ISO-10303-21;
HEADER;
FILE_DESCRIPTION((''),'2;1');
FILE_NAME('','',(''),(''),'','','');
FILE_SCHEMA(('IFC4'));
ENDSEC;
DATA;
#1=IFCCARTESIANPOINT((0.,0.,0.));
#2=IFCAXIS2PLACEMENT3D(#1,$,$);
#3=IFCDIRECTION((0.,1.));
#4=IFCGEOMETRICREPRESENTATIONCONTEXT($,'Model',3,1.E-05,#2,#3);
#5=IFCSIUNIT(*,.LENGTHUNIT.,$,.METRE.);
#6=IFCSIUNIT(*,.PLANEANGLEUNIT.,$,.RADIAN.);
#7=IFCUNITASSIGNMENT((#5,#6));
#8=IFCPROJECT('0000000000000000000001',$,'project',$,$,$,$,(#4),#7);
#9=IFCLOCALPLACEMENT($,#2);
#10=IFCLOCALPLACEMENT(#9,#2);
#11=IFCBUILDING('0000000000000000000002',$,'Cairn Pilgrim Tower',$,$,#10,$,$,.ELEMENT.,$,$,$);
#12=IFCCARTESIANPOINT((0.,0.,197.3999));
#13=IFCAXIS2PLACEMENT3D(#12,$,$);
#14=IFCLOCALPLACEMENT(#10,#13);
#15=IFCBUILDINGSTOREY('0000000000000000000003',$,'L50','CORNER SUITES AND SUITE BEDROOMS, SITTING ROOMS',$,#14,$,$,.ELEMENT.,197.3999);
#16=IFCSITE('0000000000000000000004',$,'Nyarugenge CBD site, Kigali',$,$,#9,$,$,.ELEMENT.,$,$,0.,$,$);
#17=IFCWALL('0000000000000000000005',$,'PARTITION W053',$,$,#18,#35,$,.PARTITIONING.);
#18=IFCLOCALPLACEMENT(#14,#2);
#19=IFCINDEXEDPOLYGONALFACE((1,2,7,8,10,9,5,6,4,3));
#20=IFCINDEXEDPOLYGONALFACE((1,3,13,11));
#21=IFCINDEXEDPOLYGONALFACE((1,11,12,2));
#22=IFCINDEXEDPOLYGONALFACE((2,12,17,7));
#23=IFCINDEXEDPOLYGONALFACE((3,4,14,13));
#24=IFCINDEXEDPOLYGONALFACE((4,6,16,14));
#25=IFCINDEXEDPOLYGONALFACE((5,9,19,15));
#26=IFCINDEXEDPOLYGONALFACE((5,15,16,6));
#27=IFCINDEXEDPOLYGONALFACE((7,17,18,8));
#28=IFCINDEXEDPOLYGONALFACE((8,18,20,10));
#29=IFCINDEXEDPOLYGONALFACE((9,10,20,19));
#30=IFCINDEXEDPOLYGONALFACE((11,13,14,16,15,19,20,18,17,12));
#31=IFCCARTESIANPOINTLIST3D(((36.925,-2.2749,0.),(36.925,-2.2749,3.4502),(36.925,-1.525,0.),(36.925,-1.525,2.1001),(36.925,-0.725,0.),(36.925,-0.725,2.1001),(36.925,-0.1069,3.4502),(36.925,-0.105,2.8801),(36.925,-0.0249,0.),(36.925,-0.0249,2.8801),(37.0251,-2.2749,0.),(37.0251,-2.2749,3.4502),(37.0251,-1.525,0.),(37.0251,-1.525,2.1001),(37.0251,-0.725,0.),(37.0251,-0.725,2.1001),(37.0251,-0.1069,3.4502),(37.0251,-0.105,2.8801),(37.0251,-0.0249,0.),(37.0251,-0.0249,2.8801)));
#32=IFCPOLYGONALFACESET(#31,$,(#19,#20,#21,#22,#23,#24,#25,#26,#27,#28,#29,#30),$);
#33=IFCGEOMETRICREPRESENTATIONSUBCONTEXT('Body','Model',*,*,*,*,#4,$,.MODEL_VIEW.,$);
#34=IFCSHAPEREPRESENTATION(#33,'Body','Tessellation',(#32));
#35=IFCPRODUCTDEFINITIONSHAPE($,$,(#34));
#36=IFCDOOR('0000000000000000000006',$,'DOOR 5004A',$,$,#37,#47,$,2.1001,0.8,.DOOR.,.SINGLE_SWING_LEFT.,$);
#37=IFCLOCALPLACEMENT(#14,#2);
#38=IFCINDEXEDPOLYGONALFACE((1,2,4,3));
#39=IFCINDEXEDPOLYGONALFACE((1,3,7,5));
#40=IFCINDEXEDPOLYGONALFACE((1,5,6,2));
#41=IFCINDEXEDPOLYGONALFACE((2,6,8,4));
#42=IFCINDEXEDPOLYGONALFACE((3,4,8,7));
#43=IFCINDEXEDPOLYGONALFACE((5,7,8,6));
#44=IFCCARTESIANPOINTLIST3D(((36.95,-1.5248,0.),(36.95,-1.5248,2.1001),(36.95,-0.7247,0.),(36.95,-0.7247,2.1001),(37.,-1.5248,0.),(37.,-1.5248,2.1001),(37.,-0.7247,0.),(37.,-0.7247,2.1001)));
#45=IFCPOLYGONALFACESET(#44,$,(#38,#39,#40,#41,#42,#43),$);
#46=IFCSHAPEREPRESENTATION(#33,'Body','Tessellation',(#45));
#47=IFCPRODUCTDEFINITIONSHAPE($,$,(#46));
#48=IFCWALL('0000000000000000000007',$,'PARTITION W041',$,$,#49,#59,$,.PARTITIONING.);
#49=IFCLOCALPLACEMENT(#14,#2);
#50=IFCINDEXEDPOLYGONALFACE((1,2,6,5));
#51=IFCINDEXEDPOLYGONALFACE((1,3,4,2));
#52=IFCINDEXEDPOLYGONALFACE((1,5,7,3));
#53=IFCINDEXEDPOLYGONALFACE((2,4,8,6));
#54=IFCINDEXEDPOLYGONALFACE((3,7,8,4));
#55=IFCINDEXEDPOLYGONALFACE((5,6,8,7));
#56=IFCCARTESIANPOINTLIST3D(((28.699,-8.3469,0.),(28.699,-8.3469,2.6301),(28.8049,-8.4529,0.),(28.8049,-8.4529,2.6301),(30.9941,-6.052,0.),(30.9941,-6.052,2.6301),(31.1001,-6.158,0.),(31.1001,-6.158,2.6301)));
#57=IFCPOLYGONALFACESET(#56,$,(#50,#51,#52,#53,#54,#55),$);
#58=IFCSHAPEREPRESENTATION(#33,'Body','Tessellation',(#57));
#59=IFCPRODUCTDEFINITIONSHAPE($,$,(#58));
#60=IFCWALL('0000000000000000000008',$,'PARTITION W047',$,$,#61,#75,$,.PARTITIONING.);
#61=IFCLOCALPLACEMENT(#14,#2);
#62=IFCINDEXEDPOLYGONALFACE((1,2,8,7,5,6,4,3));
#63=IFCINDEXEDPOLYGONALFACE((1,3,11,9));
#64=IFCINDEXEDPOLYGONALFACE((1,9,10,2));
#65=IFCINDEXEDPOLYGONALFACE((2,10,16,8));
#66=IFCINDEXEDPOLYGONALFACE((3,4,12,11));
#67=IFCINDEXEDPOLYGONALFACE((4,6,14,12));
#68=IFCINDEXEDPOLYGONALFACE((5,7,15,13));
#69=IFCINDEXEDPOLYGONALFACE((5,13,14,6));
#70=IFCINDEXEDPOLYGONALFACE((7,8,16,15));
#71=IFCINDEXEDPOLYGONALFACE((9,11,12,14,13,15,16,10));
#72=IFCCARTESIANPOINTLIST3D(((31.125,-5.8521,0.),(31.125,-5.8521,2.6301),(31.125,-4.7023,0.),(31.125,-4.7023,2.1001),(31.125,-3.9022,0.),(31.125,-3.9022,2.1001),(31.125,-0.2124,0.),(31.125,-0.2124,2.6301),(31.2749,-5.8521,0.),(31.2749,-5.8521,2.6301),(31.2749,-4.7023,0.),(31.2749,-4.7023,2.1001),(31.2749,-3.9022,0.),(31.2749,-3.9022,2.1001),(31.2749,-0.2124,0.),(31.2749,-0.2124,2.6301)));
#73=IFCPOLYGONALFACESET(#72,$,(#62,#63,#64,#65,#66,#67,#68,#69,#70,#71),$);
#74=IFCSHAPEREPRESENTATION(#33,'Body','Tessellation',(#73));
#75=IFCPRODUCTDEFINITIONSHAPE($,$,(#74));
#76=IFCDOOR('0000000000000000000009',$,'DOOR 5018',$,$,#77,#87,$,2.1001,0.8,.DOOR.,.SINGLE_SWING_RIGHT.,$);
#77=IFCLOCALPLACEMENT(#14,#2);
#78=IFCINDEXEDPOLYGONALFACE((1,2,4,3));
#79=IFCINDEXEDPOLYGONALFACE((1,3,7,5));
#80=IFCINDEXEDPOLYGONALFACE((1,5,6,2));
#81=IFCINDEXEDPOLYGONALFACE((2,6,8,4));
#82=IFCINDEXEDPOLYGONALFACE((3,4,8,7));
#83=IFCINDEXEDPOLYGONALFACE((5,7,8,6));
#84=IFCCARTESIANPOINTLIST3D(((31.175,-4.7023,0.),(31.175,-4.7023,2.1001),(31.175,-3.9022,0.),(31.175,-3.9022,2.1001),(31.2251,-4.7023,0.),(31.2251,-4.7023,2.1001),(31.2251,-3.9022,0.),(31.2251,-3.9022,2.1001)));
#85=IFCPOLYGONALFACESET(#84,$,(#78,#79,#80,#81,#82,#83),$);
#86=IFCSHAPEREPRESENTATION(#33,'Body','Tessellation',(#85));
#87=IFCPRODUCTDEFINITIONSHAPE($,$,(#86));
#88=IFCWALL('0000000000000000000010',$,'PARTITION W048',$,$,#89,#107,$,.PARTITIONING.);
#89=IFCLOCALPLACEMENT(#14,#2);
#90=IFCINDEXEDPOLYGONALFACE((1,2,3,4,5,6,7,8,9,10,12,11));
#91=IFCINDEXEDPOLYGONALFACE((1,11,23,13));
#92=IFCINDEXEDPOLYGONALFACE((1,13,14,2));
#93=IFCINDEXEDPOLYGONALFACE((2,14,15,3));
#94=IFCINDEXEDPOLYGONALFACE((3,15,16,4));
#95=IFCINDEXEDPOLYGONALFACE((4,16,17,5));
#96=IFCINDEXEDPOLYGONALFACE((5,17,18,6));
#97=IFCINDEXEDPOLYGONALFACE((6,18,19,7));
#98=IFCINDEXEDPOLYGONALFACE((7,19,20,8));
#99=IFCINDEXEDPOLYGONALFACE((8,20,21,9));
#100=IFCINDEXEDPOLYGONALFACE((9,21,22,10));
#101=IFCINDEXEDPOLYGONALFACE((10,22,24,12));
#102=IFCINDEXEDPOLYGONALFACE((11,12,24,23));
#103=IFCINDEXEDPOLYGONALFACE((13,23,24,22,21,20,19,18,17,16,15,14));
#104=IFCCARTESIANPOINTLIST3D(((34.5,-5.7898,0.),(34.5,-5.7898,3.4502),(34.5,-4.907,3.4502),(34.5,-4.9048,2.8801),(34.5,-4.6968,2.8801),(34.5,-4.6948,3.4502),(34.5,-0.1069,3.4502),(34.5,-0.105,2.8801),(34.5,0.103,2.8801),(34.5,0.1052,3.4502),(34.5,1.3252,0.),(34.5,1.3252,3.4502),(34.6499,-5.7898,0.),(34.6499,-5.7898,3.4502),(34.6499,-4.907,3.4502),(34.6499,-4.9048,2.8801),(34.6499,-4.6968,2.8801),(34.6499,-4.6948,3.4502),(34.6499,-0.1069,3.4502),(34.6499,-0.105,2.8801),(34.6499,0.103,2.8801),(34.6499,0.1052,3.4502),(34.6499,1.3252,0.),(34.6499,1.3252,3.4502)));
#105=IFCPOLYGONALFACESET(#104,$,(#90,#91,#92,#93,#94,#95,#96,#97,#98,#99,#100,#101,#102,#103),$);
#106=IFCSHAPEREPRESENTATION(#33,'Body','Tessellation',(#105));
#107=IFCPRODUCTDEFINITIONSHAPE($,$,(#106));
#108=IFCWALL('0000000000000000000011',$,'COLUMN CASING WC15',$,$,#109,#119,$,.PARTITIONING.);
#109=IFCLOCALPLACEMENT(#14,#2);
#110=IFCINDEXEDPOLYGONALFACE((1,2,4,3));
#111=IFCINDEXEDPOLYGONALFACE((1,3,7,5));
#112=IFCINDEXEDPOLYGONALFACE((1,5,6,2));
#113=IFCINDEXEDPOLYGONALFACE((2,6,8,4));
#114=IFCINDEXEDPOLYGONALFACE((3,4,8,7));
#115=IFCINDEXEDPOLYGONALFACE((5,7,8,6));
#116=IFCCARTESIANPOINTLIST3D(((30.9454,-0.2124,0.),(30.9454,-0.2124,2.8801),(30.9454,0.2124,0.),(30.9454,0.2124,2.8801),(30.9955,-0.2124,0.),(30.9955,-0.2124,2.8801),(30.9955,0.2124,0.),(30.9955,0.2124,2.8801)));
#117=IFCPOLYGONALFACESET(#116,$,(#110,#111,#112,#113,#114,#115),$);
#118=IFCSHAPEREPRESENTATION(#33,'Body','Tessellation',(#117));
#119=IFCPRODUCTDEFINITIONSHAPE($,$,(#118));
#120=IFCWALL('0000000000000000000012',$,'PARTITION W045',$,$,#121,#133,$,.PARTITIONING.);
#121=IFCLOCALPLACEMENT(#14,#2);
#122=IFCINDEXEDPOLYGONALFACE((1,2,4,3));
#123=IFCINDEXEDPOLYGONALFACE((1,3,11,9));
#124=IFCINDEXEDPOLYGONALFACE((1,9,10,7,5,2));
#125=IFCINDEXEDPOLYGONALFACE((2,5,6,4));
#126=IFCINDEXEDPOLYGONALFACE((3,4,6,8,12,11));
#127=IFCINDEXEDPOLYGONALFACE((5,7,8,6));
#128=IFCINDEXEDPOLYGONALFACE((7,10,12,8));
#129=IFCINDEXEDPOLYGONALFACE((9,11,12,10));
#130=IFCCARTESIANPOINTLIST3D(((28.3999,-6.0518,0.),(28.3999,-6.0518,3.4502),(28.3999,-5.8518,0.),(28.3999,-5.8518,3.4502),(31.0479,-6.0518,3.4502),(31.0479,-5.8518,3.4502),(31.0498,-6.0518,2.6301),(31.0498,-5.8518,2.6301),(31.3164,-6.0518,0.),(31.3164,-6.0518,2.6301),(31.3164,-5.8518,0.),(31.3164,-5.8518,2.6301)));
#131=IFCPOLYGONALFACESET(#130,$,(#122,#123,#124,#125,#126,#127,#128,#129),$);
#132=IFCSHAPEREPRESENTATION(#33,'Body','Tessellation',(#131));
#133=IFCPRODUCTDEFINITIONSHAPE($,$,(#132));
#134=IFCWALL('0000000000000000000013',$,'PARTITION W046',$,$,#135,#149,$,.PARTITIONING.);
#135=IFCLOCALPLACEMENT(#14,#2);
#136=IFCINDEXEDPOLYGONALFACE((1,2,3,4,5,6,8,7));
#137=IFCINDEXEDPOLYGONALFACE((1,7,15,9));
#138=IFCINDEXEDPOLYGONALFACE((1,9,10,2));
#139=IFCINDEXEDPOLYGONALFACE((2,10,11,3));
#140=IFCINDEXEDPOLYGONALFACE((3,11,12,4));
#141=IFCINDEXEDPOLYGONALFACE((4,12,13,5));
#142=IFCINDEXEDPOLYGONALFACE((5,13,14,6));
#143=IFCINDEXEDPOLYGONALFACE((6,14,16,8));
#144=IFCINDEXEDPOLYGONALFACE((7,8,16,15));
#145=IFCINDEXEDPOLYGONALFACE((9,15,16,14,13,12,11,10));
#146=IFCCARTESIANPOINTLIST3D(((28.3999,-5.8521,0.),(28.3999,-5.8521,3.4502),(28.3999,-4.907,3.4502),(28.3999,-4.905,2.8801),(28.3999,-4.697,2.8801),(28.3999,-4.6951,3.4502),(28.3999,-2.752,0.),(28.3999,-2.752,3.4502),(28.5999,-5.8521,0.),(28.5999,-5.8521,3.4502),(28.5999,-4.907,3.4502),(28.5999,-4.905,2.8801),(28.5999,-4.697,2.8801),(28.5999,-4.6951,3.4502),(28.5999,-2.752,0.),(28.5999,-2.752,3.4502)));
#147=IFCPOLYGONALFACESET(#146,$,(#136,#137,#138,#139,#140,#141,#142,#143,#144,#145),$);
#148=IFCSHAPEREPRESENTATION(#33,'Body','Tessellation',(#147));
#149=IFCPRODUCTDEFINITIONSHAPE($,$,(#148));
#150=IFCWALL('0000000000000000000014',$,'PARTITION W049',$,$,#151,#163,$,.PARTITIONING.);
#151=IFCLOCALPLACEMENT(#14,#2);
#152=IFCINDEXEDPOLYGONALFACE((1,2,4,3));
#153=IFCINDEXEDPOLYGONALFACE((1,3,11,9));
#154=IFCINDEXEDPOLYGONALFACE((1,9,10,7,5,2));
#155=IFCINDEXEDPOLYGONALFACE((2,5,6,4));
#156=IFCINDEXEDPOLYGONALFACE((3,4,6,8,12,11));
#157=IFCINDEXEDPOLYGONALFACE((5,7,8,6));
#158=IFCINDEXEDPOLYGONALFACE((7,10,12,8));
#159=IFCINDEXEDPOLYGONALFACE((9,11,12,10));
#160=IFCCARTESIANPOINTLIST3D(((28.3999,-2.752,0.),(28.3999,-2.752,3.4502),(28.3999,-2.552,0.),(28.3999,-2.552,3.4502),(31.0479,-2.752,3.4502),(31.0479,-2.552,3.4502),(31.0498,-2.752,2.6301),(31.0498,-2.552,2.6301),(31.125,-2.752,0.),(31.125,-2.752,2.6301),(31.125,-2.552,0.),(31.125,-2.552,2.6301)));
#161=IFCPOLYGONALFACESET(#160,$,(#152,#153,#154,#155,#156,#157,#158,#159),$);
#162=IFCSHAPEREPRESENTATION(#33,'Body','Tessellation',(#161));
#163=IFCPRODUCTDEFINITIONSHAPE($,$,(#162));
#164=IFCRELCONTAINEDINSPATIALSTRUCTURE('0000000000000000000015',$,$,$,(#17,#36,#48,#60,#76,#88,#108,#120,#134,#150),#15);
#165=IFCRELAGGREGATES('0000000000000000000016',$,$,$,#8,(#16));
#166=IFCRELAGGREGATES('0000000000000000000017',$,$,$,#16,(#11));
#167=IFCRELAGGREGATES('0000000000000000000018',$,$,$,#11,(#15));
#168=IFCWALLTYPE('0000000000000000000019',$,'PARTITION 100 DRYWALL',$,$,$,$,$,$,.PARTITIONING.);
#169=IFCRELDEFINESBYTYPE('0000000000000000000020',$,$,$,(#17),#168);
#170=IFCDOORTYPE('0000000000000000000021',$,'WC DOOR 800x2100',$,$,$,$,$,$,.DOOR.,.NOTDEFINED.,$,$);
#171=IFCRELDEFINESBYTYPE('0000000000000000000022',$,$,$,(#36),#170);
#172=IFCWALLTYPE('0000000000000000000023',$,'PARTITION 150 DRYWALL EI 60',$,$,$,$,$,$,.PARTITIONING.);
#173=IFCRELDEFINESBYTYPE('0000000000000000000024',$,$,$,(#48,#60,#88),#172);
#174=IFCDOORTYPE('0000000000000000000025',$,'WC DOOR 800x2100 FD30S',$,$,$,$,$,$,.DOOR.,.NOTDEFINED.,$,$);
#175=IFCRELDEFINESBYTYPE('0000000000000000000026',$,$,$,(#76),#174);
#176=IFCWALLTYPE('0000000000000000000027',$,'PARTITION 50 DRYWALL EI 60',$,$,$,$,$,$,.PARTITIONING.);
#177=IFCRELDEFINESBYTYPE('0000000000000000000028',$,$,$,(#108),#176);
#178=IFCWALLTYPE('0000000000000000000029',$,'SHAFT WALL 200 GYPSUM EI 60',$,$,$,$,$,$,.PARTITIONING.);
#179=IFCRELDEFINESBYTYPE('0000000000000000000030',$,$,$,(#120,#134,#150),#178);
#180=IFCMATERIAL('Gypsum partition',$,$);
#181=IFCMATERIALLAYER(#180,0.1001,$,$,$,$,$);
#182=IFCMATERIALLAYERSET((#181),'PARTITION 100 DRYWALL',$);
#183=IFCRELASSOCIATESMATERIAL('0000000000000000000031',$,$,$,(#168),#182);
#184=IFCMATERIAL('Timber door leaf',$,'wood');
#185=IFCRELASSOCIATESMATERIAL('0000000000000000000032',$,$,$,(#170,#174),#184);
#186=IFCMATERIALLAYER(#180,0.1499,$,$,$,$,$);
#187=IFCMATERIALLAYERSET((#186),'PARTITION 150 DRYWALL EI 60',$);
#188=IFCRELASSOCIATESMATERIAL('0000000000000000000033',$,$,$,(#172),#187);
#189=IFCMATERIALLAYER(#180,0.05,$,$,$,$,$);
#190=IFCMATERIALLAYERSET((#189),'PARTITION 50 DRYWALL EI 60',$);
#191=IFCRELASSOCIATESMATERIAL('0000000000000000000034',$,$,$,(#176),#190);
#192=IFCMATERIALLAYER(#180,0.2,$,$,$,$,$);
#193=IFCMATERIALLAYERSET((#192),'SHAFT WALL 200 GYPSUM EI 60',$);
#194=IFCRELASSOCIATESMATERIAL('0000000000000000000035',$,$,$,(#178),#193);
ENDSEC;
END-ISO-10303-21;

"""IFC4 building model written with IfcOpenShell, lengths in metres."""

from ifc_helpers import new_model, si_unit, direction, frame, frame_2d, origin, place, context, subcontext, project, spatial, polyline, rectangle, outline, extrude, material, layer, layer_set, type_object, element, fill, save


model = new_model("IFC4")

# Units and contexts
model_context = context("Model", 3, precision=1e-05, world=origin(), true_north=direction((0.0, 1.0)))
body_context = subcontext(model_context, "Body", "Model", "MODEL_VIEW")
ifc_project = project(units=[si_unit("LENGTHUNIT", "METRE"), si_unit("PLANEANGLEUNIT", "RADIAN")], contexts=[model_context])

# Site, building, storey
site_placement = place(None, origin())
site = spatial("IfcSite", under=ifc_project, at=site_placement, Name="Nyarugenge CBD site, Kigali", CompositionType="ELEMENT", RefElevation=0.0)
building_placement = place(site_placement, origin())
building = spatial("IfcBuilding", under=site, at=building_placement, Name="Cairn Pilgrim Tower", CompositionType="ELEMENT")
storey_placement = place(building_placement, frame((0.0, 0.0, 197.3999)))
storey = spatial("IfcBuildingStorey", under=building, at=storey_placement, Name="L50", Description="CORNER SUITES AND SUITE BEDROOMS, SITTING ROOMS", CompositionType="ELEMENT", Elevation=197.3999)

# Shared definitions
ifc_material_1 = material(Name="Gypsum partition")
ifc_layer_1 = layer(ifc_material_1, 0.1001)
ifc_layer_set_1 = layer_set([ifc_layer_1], Name="PARTITION 100 DRYWALL")
wall_type_1 = type_object("IfcWallType", Name="PARTITION 100 DRYWALL", PredefinedType="PARTITIONING", material=ifc_layer_set_1)

# Wall, opening, door
wall_1_placement = place(storey_placement, frame((36.9751, -2.2749, 0.0), z_axis=(0.0, 0.0, 1.0), x_axis=(0.0, 1.0, 0.0)))
wall_1 = element("IfcWall", 1, at=wall_1_placement, inside=storey, type_object=wall_type_1, Name="PARTITION W053", PredefinedType="PARTITIONING", context=body_context, shape_type="SweptSolid", body=[
    extrude(outline(polyline([(0.0, 0.0), (2.25, 0.0), (2.25, 2.8801), (2.1699, 2.8801), (2.168, 3.4502), (0.0, 3.4502), (0.0, 0.0)])), frame((0.0, 0.05, 0.0), z_axis=(0.0, -1.0, 0.0), x_axis=(1.0, 0.0, 0.0)), (0.0, 0.0, 1.0), 0.1001),
])
opening_1_placement = place(wall_1_placement, frame((0.75, 0.0, 0.0)))
opening_1 = element("IfcOpeningElement", 2, at=opening_1_placement, cuts=wall_1, PredefinedType="OPENING", context=body_context, shape_type="SweptSolid", body=[
    extrude(rectangle(XDim=0.8, YDim=2.1001, at=frame_2d((0.3999, 1.05))), frame((0.0, 0.0601, 0.0), z_axis=(0.0, -1.0, 0.0), x_axis=(1.0, 0.0, 0.0)), (0.0, 0.0, 1.0), 0.1201),
])
ifc_material_2 = material(Name="Timber door leaf", Category="wood")
door_type_1 = type_object("IfcDoorType", Name="WC DOOR 800x2100", OperationType="NOTDEFINED", PredefinedType="DOOR", material=ifc_material_2)
door_1_placement = place(opening_1_placement, frame((0.8, 0.0, 0.0), z_axis=(0.0, 0.0, 1.0), x_axis=(-1.0, 0.0, 0.0)))
door_1 = element("IfcDoor", 3, at=door_1_placement, inside=storey, type_object=door_type_1, Name="DOOR 5004A", OperationType="SINGLE_SWING_LEFT", OverallHeight=2.1001, OverallWidth=0.8, PredefinedType="DOOR", context=body_context, shape_type="SweptSolid", body=[
    extrude(rectangle(XDim=0.8, YDim=2.1001, at=frame_2d((0.3999, 1.05))), frame((0.0, 0.0249, 0.0), z_axis=(0.0, -1.0, 0.0), x_axis=(1.0, 0.0, 0.0)), (0.0, 0.0, 1.0), 0.05),
])
fill(opening_1, door_1)

# Wall
ifc_layer_2 = layer(ifc_material_1, 0.1499)
ifc_layer_set_2 = layer_set([ifc_layer_2], Name="PARTITION 150 DRYWALL EI 60")
wall_type_2 = type_object("IfcWallType", Name="PARTITION 150 DRYWALL EI 60", PredefinedType="PARTITIONING", material=ifc_layer_set_2)
wall_2_placement = place(storey_placement, frame((28.752, -8.3999, 0.0), z_axis=(0.0, 0.0, 1.0), x_axis=(0.707144, 0.707069, 0.0)))
element("IfcWall", 4, at=wall_2_placement, inside=storey, type_object=wall_type_2, Name="PARTITION W041", PredefinedType="PARTITIONING", context=body_context, shape_type="SweptSolid", body=[
    extrude(rectangle(XDim=3.2456, YDim=0.1499, at=frame_2d((1.6228, 0.0))), origin(), (0.0, 0.0, 1.0), 2.6301),
])

# Wall, opening, door
wall_3_placement = place(storey_placement, frame((31.2, -5.8521, 0.0), z_axis=(0.0, 0.0, 1.0), x_axis=(0.0, 1.0, 0.0)))
wall_3 = element("IfcWall", 5, at=wall_3_placement, inside=storey, type_object=wall_type_2, Name="PARTITION W047", PredefinedType="PARTITIONING", context=body_context, shape_type="SweptSolid", body=[
    extrude(rectangle(XDim=5.6396, YDim=0.1499, at=frame_2d((2.8198, 0.0))), origin(), (0.0, 0.0, 1.0), 2.6301),
])
opening_2_placement = place(wall_3_placement, frame((1.1499, 0.0, 0.0)))
opening_2 = element("IfcOpeningElement", 6, at=opening_2_placement, cuts=wall_3, PredefinedType="OPENING", context=body_context, shape_type="SweptSolid", body=[
    extrude(rectangle(XDim=0.8, YDim=2.1001, at=frame_2d((0.3999, 1.05))), frame((0.0, 0.085, 0.0), z_axis=(0.0, -1.0, 0.0), x_axis=(1.0, 0.0, 0.0)), (0.0, 0.0, 1.0), 0.1699),
])
door_type_2 = type_object("IfcDoorType", Name="WC DOOR 800x2100 FD30S", OperationType="NOTDEFINED", PredefinedType="DOOR", material=ifc_material_2)
door_2_placement = place(opening_2_placement, origin())
door_2 = element("IfcDoor", 7, at=door_2_placement, inside=storey, type_object=door_type_2, Name="DOOR 5018", OperationType="SINGLE_SWING_RIGHT", OverallHeight=2.1001, OverallWidth=0.8, PredefinedType="DOOR", context=body_context, shape_type="SweptSolid", body=[
    extrude(rectangle(XDim=0.8, YDim=2.1001, at=frame_2d((0.3999, 1.05))), frame((0.0, 0.0249, 0.0), z_axis=(0.0, -1.0, 0.0), x_axis=(1.0, 0.0, 0.0)), (0.0, 0.0, 1.0), 0.05),
])
fill(opening_2, door_2)

# Walls
wall_4_placement = place(storey_placement, frame((34.575, -5.7898, 0.0), z_axis=(0.0, 0.0, 1.0), x_axis=(0.0, 1.0, 0.0)))
element("IfcWall", 8, at=wall_4_placement, inside=storey, type_object=wall_type_2, Name="PARTITION W048", PredefinedType="PARTITIONING", context=body_context, shape_type="SweptSolid", body=[
    extrude(outline(polyline([(0.0, 0.0), (7.115, 0.0), (7.115, 3.4502), (5.895, 3.4502), (5.8928, 2.8801), (5.6848, 2.8801), (5.6829, 3.4502), (1.095, 3.4502), (1.093, 2.8801), (0.885, 2.8801), (0.8828, 3.4502), (0.0, 3.4502), (0.0, 0.0)])), frame((0.0, 0.075, 0.0), z_axis=(0.0, -1.0, 0.0), x_axis=(1.0, 0.0, 0.0)), (0.0, 0.0, 1.0), 0.1499),
])
ifc_layer_3 = layer(ifc_material_1, 0.05)
ifc_layer_set_3 = layer_set([ifc_layer_3], Name="PARTITION 50 DRYWALL EI 60")
wall_type_3 = type_object("IfcWallType", Name="PARTITION 50 DRYWALL EI 60", PredefinedType="PARTITIONING", material=ifc_layer_set_3)
wall_5_placement = place(storey_placement, frame((30.9705, -0.2124, 0.0), z_axis=(0.0, 0.0, 1.0), x_axis=(0.0, 1.0, 0.0)))
element("IfcWall", 9, at=wall_5_placement, inside=storey, type_object=wall_type_3, Name="COLUMN CASING WC15", PredefinedType="PARTITIONING", context=body_context, shape_type="SweptSolid", body=[
    extrude(rectangle(XDim=0.4248, YDim=0.05, at=frame_2d((0.2124, 0.0))), origin(), (0.0, 0.0, 1.0), 2.8801),
])
ifc_layer_4 = layer(ifc_material_1, 0.2)
ifc_layer_set_4 = layer_set([ifc_layer_4], Name="SHAFT WALL 200 GYPSUM EI 60")
wall_type_4 = type_object("IfcWallType", Name="SHAFT WALL 200 GYPSUM EI 60", PredefinedType="PARTITIONING", material=ifc_layer_set_4)
wall_6_placement = place(storey_placement, frame((28.3999, -5.9519, 0.0), z_axis=(0.0, 0.0, 1.0), x_axis=(1.0, 0.0, 0.0)))
element("IfcWall", 10, at=wall_6_placement, inside=storey, type_object=wall_type_4, Name="PARTITION W045", PredefinedType="PARTITIONING", context=body_context, shape_type="SweptSolid", body=[
    extrude(outline(polyline([(0.0, 0.0), (2.9165, 0.0), (2.9165, 2.6301), (2.6499, 2.6301), (2.6479, 3.4502), (0.0, 3.4502), (0.0, 0.0)])), frame((0.0, 0.1001, 0.0), z_axis=(0.0, -1.0, 0.0), x_axis=(1.0, 0.0, 0.0)), (0.0, 0.0, 1.0), 0.2),
])
wall_7_placement = place(storey_placement, frame((28.5, -5.8521, 0.0), z_axis=(0.0, 0.0, 1.0), x_axis=(0.0, 1.0, 0.0)))
element("IfcWall", 11, at=wall_7_placement, inside=storey, type_object=wall_type_4, Name="PARTITION W046", PredefinedType="PARTITIONING", context=body_context, shape_type="SweptSolid", body=[
    extrude(outline(polyline([(0.0, 0.0), (3.1001, 0.0), (3.1001, 3.4502), (1.157, 3.4502), (1.155, 2.8801), (0.947, 2.8801), (0.9451, 3.4502), (0.0, 3.4502), (0.0, 0.0)])), frame((0.0, 0.1001, 0.0), z_axis=(0.0, -1.0, 0.0), x_axis=(1.0, 0.0, 0.0)), (0.0, 0.0, 1.0), 0.2),
])
wall_8_placement = place(storey_placement, frame((28.3999, -2.6521, 0.0), z_axis=(0.0, 0.0, 1.0), x_axis=(1.0, 0.0, 0.0)))
element("IfcWall", 12, at=wall_8_placement, inside=storey, type_object=wall_type_4, Name="PARTITION W049", PredefinedType="PARTITIONING", context=body_context, shape_type="SweptSolid", body=[
    extrude(outline(polyline([(0.0, 0.0), (2.7251, 0.0), (2.7251, 2.6301), (2.6499, 2.6301), (2.6479, 3.4502), (0.0, 3.4502), (0.0, 0.0)])), frame((0.0, 0.1001, 0.0), z_axis=(0.0, -1.0, 0.0), x_axis=(1.0, 0.0, 0.0)), (0.0, 0.0, 1.0), 0.2),
])

save(model, "model.ifc")
